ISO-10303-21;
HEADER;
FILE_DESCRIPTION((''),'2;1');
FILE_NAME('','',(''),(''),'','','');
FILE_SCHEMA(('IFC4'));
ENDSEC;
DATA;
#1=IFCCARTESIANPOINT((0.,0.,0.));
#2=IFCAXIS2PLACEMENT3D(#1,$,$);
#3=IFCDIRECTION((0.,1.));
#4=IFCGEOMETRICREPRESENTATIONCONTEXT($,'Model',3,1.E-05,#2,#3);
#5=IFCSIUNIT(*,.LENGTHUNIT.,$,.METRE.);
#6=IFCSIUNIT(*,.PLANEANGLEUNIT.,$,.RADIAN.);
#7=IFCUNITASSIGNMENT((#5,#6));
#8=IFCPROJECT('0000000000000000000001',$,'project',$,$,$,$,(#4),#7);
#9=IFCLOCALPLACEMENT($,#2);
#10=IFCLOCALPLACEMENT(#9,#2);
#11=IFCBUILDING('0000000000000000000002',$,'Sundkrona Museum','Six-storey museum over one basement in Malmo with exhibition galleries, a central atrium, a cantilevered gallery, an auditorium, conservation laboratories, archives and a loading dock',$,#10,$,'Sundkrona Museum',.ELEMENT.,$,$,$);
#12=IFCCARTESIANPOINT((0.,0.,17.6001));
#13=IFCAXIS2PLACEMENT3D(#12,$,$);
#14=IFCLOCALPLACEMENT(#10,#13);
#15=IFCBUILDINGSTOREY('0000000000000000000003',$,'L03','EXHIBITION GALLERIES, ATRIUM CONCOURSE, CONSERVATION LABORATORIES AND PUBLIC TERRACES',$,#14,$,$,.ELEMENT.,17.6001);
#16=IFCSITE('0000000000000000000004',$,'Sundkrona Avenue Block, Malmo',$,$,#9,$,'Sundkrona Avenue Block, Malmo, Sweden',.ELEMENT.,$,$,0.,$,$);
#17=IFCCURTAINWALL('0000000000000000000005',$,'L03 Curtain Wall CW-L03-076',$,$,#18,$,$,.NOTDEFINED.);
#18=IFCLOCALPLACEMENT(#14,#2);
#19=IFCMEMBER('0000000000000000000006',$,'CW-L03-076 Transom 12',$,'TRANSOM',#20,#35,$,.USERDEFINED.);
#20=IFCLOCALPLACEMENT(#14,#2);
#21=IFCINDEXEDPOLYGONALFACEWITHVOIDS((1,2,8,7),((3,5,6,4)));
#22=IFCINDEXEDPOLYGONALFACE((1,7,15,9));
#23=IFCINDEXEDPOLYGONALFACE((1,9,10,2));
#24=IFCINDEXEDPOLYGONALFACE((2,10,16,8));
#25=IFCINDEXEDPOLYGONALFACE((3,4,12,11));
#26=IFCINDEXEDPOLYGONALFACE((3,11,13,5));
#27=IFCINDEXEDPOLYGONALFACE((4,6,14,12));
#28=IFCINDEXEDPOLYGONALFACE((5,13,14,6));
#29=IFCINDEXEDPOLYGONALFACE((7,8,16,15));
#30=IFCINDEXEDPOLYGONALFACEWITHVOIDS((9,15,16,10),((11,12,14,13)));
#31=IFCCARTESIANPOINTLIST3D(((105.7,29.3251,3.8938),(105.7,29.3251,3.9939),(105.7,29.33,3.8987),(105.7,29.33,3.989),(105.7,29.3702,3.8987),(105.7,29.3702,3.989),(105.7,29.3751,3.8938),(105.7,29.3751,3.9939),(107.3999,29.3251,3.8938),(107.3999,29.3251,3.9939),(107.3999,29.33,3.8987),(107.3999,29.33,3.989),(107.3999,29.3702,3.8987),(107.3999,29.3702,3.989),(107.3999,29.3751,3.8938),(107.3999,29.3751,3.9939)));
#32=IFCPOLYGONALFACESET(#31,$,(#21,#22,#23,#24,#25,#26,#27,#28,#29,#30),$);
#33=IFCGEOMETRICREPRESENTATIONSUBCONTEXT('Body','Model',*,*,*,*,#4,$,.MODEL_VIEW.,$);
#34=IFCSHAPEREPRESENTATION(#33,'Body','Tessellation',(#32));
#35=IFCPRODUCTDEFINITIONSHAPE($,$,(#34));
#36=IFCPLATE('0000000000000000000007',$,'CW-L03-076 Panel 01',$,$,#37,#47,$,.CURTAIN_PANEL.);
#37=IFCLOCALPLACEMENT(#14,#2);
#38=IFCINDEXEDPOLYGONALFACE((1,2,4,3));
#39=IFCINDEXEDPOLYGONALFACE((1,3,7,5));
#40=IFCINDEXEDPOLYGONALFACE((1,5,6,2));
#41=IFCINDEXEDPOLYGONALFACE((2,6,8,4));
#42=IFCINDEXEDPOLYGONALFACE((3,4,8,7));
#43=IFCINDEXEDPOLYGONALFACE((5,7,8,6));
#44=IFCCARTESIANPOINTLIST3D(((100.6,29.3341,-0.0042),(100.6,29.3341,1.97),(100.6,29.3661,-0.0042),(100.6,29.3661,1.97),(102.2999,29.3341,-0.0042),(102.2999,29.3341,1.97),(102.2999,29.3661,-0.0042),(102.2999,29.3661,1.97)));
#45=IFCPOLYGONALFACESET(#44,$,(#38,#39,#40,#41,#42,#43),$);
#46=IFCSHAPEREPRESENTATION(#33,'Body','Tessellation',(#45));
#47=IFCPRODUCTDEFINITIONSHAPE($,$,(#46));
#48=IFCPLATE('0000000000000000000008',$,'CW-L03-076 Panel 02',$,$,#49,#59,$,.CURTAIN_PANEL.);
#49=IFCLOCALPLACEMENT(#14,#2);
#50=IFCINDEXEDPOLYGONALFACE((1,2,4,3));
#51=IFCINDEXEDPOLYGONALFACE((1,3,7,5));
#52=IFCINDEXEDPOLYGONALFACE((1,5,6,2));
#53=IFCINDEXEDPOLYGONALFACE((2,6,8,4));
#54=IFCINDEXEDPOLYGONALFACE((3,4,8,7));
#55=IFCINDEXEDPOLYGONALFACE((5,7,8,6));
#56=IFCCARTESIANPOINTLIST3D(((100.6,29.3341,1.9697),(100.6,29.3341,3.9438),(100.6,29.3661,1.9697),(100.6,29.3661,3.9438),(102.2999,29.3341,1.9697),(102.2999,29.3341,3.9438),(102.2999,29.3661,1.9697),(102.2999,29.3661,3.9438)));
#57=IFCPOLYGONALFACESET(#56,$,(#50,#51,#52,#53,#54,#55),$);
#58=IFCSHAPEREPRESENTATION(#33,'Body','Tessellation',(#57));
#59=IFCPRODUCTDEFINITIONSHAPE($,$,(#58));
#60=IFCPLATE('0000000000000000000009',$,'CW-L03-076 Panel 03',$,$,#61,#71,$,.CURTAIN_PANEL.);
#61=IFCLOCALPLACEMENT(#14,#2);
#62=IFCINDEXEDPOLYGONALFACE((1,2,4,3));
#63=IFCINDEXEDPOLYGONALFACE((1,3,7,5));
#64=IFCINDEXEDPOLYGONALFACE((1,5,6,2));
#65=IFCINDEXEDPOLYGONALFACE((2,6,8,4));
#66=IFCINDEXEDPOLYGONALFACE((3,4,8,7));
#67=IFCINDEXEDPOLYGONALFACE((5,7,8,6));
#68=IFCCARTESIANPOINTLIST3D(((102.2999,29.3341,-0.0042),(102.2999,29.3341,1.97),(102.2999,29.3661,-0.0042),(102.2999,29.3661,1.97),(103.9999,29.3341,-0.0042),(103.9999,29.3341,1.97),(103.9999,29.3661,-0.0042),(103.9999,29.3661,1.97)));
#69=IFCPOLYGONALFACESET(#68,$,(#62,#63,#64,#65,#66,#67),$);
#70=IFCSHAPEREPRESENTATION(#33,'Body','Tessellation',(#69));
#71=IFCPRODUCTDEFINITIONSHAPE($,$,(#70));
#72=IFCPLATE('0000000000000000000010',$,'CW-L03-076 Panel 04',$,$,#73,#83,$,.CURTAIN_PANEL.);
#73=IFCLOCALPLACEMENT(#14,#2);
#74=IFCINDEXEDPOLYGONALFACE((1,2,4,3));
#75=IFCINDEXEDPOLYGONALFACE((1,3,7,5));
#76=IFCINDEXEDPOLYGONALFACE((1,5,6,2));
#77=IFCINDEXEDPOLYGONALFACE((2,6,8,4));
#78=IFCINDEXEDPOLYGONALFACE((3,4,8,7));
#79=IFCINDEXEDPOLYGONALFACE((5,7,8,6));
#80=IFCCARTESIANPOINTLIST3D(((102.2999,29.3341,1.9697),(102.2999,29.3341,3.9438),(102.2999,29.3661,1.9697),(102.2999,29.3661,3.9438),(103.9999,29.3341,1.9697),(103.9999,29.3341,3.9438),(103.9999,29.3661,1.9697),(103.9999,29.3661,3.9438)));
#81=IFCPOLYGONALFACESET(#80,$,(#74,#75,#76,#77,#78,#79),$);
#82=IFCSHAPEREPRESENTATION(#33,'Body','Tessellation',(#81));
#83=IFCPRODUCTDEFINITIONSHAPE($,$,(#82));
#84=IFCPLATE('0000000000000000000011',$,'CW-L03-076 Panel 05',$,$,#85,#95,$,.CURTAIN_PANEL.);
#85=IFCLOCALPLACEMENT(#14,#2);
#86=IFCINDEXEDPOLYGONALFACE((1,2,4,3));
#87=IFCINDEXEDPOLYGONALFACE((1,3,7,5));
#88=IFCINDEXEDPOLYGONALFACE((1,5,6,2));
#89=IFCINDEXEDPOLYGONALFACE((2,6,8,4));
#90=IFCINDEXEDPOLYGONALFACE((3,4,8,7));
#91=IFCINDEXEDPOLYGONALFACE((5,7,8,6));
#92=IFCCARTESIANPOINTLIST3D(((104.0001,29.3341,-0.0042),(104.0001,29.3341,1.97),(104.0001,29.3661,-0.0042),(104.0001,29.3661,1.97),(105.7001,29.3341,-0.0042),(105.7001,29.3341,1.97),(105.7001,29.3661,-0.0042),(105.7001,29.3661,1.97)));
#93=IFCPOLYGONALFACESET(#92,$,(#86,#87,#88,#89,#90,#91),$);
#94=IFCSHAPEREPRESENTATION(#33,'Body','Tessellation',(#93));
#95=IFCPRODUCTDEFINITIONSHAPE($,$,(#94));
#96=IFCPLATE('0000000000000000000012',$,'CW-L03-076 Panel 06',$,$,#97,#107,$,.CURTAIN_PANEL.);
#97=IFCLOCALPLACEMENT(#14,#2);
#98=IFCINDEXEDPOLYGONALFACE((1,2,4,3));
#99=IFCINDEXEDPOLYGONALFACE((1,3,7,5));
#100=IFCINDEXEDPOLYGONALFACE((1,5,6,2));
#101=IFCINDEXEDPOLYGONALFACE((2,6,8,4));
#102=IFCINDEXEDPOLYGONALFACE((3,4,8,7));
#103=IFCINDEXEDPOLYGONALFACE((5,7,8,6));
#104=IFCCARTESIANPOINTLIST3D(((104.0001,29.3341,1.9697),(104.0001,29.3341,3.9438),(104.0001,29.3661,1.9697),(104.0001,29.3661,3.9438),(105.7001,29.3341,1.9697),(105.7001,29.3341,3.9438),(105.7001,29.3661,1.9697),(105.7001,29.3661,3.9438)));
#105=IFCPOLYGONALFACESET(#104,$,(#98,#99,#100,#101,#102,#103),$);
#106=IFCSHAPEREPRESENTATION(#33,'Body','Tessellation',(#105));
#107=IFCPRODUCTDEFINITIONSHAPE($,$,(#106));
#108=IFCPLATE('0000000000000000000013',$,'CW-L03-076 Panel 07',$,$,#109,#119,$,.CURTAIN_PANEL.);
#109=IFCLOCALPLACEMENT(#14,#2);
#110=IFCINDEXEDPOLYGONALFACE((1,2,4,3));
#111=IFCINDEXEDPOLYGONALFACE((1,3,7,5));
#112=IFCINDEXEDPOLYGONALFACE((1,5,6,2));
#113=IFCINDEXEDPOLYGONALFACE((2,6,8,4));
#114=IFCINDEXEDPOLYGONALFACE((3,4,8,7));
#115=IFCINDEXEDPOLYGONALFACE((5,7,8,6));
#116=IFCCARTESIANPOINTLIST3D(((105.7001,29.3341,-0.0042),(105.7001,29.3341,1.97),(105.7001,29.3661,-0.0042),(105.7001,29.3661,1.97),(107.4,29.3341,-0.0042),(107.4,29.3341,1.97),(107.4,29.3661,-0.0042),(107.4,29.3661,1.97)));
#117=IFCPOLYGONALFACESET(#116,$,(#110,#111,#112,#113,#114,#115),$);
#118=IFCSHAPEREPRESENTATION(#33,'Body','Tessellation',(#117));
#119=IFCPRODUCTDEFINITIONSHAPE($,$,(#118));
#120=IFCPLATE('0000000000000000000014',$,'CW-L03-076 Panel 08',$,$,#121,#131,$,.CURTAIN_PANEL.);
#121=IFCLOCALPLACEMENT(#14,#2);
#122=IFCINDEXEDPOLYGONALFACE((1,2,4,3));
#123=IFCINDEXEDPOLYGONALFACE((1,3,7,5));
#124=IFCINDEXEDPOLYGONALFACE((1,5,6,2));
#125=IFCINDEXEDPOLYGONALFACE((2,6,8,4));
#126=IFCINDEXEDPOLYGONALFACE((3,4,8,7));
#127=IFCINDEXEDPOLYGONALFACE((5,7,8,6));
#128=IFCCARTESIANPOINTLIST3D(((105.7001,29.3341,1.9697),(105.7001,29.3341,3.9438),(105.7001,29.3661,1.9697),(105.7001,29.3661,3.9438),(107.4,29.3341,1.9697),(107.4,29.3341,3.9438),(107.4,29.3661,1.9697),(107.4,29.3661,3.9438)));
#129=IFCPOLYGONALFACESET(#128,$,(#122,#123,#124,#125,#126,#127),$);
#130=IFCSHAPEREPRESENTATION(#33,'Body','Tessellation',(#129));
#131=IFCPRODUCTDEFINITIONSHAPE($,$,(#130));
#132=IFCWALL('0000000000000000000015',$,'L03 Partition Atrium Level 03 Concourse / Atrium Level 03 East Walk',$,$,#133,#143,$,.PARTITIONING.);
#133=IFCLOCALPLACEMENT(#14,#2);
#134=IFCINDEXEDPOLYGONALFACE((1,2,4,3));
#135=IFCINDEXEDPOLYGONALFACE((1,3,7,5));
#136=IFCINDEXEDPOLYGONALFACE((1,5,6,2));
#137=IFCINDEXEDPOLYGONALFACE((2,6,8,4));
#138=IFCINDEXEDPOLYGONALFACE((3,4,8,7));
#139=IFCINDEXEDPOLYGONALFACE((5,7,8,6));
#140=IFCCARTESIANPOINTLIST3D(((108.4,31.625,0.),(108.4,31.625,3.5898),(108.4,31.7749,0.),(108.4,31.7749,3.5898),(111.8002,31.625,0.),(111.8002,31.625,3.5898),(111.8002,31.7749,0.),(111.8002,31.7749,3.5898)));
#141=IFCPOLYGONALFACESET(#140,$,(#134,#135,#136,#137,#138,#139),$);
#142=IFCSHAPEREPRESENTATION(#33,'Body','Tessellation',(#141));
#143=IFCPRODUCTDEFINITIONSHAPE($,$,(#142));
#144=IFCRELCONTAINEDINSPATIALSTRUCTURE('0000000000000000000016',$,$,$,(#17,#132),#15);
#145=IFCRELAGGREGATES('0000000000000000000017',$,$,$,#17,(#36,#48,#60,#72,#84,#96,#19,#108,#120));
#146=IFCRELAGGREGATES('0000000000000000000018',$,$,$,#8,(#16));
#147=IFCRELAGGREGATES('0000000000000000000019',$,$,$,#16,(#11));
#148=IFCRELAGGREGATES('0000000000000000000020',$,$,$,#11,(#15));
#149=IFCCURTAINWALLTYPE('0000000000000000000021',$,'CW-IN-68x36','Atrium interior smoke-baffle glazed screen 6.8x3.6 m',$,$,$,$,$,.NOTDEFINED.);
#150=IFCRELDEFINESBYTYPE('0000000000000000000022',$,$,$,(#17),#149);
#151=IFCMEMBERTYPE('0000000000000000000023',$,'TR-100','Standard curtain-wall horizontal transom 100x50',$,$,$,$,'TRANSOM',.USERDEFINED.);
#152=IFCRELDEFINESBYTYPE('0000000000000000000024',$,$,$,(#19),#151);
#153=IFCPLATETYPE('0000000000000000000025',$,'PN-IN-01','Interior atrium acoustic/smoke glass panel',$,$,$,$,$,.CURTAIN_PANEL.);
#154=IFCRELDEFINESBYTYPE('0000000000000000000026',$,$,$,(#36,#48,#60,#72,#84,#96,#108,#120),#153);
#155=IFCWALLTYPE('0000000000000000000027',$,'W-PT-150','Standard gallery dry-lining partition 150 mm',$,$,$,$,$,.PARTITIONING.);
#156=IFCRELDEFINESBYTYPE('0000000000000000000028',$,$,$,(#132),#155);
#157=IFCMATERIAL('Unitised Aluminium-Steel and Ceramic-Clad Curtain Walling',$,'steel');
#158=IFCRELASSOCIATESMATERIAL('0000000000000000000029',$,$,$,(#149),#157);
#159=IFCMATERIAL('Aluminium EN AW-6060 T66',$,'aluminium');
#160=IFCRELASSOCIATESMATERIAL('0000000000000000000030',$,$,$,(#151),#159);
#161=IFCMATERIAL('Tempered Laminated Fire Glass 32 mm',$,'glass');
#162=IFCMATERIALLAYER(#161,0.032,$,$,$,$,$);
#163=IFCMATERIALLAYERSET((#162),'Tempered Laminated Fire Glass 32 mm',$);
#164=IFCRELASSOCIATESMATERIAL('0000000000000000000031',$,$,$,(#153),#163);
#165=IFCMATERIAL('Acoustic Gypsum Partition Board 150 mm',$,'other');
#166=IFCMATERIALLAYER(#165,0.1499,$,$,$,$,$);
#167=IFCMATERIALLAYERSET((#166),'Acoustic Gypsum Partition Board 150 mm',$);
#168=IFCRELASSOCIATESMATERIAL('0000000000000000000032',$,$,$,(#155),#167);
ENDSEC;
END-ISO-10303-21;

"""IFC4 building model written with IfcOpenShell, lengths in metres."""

from ifc_helpers import new_model, si_unit, direction, frame, frame_2d, origin, origin_2d, place, context, subcontext, project, spatial, rectangle, hollow_rectangle, extrude, material, layer, layer_set, material_profile, profile_set, type_object, element, aggregate, save


model = new_model("IFC4")

# Units and contexts
model_context = context("Model", 3, precision=1e-05, world=origin(), true_north=direction((0.0, 1.0)))
body_context = subcontext(model_context, "Body", "Model", "MODEL_VIEW")
ifc_project = project(units=[si_unit("LENGTHUNIT", "METRE"), si_unit("PLANEANGLEUNIT", "RADIAN")], contexts=[model_context])

# Site, building, storey
site_placement = place(None, origin())
site = spatial("IfcSite", under=ifc_project, at=site_placement, Name="Sundkrona Avenue Block, Malmo", LongName="Sundkrona Avenue Block, Malmo, Sweden", CompositionType="ELEMENT", RefElevation=0.0)
building_placement = place(site_placement, origin())
building = spatial("IfcBuilding", under=site, at=building_placement, Name="Sundkrona Museum", Description="Six-storey museum over one basement in Malmo with exhibition galleries, a central atrium, a cantilevered gallery, an auditorium, conservation laboratories, archives and a loading dock", LongName="Sundkrona Museum", CompositionType="ELEMENT")
storey_placement = place(building_placement, frame((0.0, 0.0, 17.6001)))
storey = spatial("IfcBuildingStorey", under=building, at=storey_placement, Name="L03", Description="EXHIBITION GALLERIES, ATRIUM CONCOURSE, CONSERVATION LABORATORIES AND PUBLIC TERRACES", CompositionType="ELEMENT", Elevation=17.6001)

# Curtain wall, member, plates
ifc_material_1 = material(Name="Unitised Aluminium-Steel and Ceramic-Clad Curtain Walling", Category="steel")
curtain_wall_type = type_object("IfcCurtainWallType", Name="CW-IN-68x36", Description="Atrium interior smoke-baffle glazed screen 6.8x3.6 m", PredefinedType="NOTDEFINED", material=ifc_material_1)
curtain_wall_placement = place(storey_placement, origin())
curtain_wall = element("IfcCurtainWall", 1, at=curtain_wall_placement, inside=storey, type_object=curtain_wall_type, Name="L03 Curtain Wall CW-L03-076", PredefinedType="NOTDEFINED")
ifc_material_2 = material(Name="Aluminium EN AW-6060 T66", Category="aluminium")
ifc_material_profile_1 = material_profile(ifc_material_2, hollow_rectangle(XDim=0.05, YDim=0.1001, WallThickness=0.0049, at=origin_2d()), Name="RHS 100x50x5.0")
ifc_profile_set_1 = profile_set([ifc_material_profile_1], Name="Aluminium EN AW-6060 T66")
member_type_1 = type_object("IfcMemberType", Name="TR-100", Description="Standard curtain-wall horizontal transom 100x50", ElementType="TRANSOM", PredefinedType="USERDEFINED", material=ifc_profile_set_1)
member_1_placement = place(storey_placement, frame((105.7, 29.3501, 3.9438), z_axis=(1.0, 0.0, 0.0), x_axis=(0.0, 1.0, 0.0)))
member_1 = element("IfcMember", 2, at=member_1_placement, type_object=member_type_1, Name="CW-L03-076 Transom 12", ObjectType="TRANSOM", PredefinedType="USERDEFINED", context=body_context, shape_type="SweptSolid", body=[
    extrude(hollow_rectangle(XDim=0.05, YDim=0.1001, WallThickness=0.0049, at=origin_2d()), origin(), (0.0, 0.0, 1.0), 1.7),
])
ifc_material_3 = material(Name="Tempered Laminated Fire Glass 32 mm", Category="glass")
ifc_layer_1 = layer(ifc_material_3, 0.032)
ifc_layer_set_1 = layer_set([ifc_layer_1], Name="Tempered Laminated Fire Glass 32 mm")
plate_type = type_object("IfcPlateType", Name="PN-IN-01", Description="Interior atrium acoustic/smoke glass panel", PredefinedType="CURTAIN_PANEL", material=ifc_layer_set_1)
plate_1_placement = place(storey_placement, frame((101.45, 29.3501, -0.0042), z_axis=(0.0, 0.0, 1.0), x_axis=(1.0, 0.0, 0.0)))
plate_1 = element("IfcPlate", 3, at=plate_1_placement, type_object=plate_type, Name="CW-L03-076 Panel 01", PredefinedType="CURTAIN_PANEL", context=body_context, shape_type="SweptSolid", body=[
    extrude(rectangle(XDim=1.7, YDim=0.032, at=origin_2d()), origin(), (0.0, 0.0, 1.0), 1.9741),
])
plate_2_placement = place(storey_placement, frame((101.45, 29.3501, 1.9697), z_axis=(0.0, 0.0, 1.0), x_axis=(1.0, 0.0, 0.0)))
plate_2 = element("IfcPlate", 4, at=plate_2_placement, type_object=plate_type, Name="CW-L03-076 Panel 02", PredefinedType="CURTAIN_PANEL", context=body_context, shape_type="SweptSolid", body=[
    extrude(rectangle(XDim=1.7, YDim=0.032, at=origin_2d()), origin(), (0.0, 0.0, 1.0), 1.9741),
])
plate_3_placement = place(storey_placement, frame((103.1499, 29.3501, -0.0042), z_axis=(0.0, 0.0, 1.0), x_axis=(1.0, 0.0, 0.0)))
plate_3 = element("IfcPlate", 5, at=plate_3_placement, type_object=plate_type, Name="CW-L03-076 Panel 03", PredefinedType="CURTAIN_PANEL", context=body_context, shape_type="SweptSolid", body=[
    extrude(rectangle(XDim=1.7, YDim=0.032, at=origin_2d()), origin(), (0.0, 0.0, 1.0), 1.9741),
])
plate_4_placement = place(storey_placement, frame((103.1499, 29.3501, 1.9697), z_axis=(0.0, 0.0, 1.0), x_axis=(1.0, 0.0, 0.0)))
plate_4 = element("IfcPlate", 6, at=plate_4_placement, type_object=plate_type, Name="CW-L03-076 Panel 04", PredefinedType="CURTAIN_PANEL", context=body_context, shape_type="SweptSolid", body=[
    extrude(rectangle(XDim=1.7, YDim=0.032, at=origin_2d()), origin(), (0.0, 0.0, 1.0), 1.9741),
])
plate_5_placement = place(storey_placement, frame((104.8501, 29.3501, -0.0042), z_axis=(0.0, 0.0, 1.0), x_axis=(1.0, 0.0, 0.0)))
plate_5 = element("IfcPlate", 7, at=plate_5_placement, type_object=plate_type, Name="CW-L03-076 Panel 05", PredefinedType="CURTAIN_PANEL", context=body_context, shape_type="SweptSolid", body=[
    extrude(rectangle(XDim=1.7, YDim=0.032, at=origin_2d()), origin(), (0.0, 0.0, 1.0), 1.9741),
])
plate_6_placement = place(storey_placement, frame((104.8501, 29.3501, 1.9697), z_axis=(0.0, 0.0, 1.0), x_axis=(1.0, 0.0, 0.0)))
plate_6 = element("IfcPlate", 8, at=plate_6_placement, type_object=plate_type, Name="CW-L03-076 Panel 06", PredefinedType="CURTAIN_PANEL", context=body_context, shape_type="SweptSolid", body=[
    extrude(rectangle(XDim=1.7, YDim=0.032, at=origin_2d()), origin(), (0.0, 0.0, 1.0), 1.9741),
])
plate_7_placement = place(storey_placement, frame((106.55, 29.3501, -0.0042), z_axis=(0.0, 0.0, 1.0), x_axis=(1.0, 0.0, 0.0)))
plate_7 = element("IfcPlate", 9, at=plate_7_placement, type_object=plate_type, Name="CW-L03-076 Panel 07", PredefinedType="CURTAIN_PANEL", context=body_context, shape_type="SweptSolid", body=[
    extrude(rectangle(XDim=1.7, YDim=0.032, at=origin_2d()), origin(), (0.0, 0.0, 1.0), 1.9741),
])
plate_8_placement = place(storey_placement, frame((106.55, 29.3501, 1.9697), z_axis=(0.0, 0.0, 1.0), x_axis=(1.0, 0.0, 0.0)))
plate_8 = element("IfcPlate", 10, at=plate_8_placement, type_object=plate_type, Name="CW-L03-076 Panel 08", PredefinedType="CURTAIN_PANEL", context=body_context, shape_type="SweptSolid", body=[
    extrude(rectangle(XDim=1.7, YDim=0.032, at=origin_2d()), origin(), (0.0, 0.0, 1.0), 1.9741),
])
aggregate(curtain_wall, [plate_1, plate_2, plate_3, plate_4, plate_5, plate_6, member_1, plate_7, plate_8])

# Wall
ifc_material_4 = material(Name="Acoustic Gypsum Partition Board 150 mm", Category="other")
ifc_layer_2 = layer(ifc_material_4, 0.1499)
ifc_layer_set_2 = layer_set([ifc_layer_2], Name="Acoustic Gypsum Partition Board 150 mm")
wall_type = type_object("IfcWallType", Name="W-PT-150", Description="Standard gallery dry-lining partition 150 mm", PredefinedType="PARTITIONING", material=ifc_layer_set_2)
wall_placement = place(storey_placement, frame((108.3999, 31.7, 0.0), z_axis=(0.0, 0.0, 1.0), x_axis=(1.0, 0.0, 0.0)))
element("IfcWall", 11, at=wall_placement, inside=storey, type_object=wall_type, Name="L03 Partition Atrium Level 03 Concourse / Atrium Level 03 East Walk", PredefinedType="PARTITIONING", context=body_context, shape_type="SweptSolid", body=[
    extrude(rectangle(XDim=3.4001, YDim=0.1499, at=frame_2d((1.7002, 0.0))), origin(), (0.0, 0.0, 1.0), 3.5898),
])

save(model, "model.ifc")
